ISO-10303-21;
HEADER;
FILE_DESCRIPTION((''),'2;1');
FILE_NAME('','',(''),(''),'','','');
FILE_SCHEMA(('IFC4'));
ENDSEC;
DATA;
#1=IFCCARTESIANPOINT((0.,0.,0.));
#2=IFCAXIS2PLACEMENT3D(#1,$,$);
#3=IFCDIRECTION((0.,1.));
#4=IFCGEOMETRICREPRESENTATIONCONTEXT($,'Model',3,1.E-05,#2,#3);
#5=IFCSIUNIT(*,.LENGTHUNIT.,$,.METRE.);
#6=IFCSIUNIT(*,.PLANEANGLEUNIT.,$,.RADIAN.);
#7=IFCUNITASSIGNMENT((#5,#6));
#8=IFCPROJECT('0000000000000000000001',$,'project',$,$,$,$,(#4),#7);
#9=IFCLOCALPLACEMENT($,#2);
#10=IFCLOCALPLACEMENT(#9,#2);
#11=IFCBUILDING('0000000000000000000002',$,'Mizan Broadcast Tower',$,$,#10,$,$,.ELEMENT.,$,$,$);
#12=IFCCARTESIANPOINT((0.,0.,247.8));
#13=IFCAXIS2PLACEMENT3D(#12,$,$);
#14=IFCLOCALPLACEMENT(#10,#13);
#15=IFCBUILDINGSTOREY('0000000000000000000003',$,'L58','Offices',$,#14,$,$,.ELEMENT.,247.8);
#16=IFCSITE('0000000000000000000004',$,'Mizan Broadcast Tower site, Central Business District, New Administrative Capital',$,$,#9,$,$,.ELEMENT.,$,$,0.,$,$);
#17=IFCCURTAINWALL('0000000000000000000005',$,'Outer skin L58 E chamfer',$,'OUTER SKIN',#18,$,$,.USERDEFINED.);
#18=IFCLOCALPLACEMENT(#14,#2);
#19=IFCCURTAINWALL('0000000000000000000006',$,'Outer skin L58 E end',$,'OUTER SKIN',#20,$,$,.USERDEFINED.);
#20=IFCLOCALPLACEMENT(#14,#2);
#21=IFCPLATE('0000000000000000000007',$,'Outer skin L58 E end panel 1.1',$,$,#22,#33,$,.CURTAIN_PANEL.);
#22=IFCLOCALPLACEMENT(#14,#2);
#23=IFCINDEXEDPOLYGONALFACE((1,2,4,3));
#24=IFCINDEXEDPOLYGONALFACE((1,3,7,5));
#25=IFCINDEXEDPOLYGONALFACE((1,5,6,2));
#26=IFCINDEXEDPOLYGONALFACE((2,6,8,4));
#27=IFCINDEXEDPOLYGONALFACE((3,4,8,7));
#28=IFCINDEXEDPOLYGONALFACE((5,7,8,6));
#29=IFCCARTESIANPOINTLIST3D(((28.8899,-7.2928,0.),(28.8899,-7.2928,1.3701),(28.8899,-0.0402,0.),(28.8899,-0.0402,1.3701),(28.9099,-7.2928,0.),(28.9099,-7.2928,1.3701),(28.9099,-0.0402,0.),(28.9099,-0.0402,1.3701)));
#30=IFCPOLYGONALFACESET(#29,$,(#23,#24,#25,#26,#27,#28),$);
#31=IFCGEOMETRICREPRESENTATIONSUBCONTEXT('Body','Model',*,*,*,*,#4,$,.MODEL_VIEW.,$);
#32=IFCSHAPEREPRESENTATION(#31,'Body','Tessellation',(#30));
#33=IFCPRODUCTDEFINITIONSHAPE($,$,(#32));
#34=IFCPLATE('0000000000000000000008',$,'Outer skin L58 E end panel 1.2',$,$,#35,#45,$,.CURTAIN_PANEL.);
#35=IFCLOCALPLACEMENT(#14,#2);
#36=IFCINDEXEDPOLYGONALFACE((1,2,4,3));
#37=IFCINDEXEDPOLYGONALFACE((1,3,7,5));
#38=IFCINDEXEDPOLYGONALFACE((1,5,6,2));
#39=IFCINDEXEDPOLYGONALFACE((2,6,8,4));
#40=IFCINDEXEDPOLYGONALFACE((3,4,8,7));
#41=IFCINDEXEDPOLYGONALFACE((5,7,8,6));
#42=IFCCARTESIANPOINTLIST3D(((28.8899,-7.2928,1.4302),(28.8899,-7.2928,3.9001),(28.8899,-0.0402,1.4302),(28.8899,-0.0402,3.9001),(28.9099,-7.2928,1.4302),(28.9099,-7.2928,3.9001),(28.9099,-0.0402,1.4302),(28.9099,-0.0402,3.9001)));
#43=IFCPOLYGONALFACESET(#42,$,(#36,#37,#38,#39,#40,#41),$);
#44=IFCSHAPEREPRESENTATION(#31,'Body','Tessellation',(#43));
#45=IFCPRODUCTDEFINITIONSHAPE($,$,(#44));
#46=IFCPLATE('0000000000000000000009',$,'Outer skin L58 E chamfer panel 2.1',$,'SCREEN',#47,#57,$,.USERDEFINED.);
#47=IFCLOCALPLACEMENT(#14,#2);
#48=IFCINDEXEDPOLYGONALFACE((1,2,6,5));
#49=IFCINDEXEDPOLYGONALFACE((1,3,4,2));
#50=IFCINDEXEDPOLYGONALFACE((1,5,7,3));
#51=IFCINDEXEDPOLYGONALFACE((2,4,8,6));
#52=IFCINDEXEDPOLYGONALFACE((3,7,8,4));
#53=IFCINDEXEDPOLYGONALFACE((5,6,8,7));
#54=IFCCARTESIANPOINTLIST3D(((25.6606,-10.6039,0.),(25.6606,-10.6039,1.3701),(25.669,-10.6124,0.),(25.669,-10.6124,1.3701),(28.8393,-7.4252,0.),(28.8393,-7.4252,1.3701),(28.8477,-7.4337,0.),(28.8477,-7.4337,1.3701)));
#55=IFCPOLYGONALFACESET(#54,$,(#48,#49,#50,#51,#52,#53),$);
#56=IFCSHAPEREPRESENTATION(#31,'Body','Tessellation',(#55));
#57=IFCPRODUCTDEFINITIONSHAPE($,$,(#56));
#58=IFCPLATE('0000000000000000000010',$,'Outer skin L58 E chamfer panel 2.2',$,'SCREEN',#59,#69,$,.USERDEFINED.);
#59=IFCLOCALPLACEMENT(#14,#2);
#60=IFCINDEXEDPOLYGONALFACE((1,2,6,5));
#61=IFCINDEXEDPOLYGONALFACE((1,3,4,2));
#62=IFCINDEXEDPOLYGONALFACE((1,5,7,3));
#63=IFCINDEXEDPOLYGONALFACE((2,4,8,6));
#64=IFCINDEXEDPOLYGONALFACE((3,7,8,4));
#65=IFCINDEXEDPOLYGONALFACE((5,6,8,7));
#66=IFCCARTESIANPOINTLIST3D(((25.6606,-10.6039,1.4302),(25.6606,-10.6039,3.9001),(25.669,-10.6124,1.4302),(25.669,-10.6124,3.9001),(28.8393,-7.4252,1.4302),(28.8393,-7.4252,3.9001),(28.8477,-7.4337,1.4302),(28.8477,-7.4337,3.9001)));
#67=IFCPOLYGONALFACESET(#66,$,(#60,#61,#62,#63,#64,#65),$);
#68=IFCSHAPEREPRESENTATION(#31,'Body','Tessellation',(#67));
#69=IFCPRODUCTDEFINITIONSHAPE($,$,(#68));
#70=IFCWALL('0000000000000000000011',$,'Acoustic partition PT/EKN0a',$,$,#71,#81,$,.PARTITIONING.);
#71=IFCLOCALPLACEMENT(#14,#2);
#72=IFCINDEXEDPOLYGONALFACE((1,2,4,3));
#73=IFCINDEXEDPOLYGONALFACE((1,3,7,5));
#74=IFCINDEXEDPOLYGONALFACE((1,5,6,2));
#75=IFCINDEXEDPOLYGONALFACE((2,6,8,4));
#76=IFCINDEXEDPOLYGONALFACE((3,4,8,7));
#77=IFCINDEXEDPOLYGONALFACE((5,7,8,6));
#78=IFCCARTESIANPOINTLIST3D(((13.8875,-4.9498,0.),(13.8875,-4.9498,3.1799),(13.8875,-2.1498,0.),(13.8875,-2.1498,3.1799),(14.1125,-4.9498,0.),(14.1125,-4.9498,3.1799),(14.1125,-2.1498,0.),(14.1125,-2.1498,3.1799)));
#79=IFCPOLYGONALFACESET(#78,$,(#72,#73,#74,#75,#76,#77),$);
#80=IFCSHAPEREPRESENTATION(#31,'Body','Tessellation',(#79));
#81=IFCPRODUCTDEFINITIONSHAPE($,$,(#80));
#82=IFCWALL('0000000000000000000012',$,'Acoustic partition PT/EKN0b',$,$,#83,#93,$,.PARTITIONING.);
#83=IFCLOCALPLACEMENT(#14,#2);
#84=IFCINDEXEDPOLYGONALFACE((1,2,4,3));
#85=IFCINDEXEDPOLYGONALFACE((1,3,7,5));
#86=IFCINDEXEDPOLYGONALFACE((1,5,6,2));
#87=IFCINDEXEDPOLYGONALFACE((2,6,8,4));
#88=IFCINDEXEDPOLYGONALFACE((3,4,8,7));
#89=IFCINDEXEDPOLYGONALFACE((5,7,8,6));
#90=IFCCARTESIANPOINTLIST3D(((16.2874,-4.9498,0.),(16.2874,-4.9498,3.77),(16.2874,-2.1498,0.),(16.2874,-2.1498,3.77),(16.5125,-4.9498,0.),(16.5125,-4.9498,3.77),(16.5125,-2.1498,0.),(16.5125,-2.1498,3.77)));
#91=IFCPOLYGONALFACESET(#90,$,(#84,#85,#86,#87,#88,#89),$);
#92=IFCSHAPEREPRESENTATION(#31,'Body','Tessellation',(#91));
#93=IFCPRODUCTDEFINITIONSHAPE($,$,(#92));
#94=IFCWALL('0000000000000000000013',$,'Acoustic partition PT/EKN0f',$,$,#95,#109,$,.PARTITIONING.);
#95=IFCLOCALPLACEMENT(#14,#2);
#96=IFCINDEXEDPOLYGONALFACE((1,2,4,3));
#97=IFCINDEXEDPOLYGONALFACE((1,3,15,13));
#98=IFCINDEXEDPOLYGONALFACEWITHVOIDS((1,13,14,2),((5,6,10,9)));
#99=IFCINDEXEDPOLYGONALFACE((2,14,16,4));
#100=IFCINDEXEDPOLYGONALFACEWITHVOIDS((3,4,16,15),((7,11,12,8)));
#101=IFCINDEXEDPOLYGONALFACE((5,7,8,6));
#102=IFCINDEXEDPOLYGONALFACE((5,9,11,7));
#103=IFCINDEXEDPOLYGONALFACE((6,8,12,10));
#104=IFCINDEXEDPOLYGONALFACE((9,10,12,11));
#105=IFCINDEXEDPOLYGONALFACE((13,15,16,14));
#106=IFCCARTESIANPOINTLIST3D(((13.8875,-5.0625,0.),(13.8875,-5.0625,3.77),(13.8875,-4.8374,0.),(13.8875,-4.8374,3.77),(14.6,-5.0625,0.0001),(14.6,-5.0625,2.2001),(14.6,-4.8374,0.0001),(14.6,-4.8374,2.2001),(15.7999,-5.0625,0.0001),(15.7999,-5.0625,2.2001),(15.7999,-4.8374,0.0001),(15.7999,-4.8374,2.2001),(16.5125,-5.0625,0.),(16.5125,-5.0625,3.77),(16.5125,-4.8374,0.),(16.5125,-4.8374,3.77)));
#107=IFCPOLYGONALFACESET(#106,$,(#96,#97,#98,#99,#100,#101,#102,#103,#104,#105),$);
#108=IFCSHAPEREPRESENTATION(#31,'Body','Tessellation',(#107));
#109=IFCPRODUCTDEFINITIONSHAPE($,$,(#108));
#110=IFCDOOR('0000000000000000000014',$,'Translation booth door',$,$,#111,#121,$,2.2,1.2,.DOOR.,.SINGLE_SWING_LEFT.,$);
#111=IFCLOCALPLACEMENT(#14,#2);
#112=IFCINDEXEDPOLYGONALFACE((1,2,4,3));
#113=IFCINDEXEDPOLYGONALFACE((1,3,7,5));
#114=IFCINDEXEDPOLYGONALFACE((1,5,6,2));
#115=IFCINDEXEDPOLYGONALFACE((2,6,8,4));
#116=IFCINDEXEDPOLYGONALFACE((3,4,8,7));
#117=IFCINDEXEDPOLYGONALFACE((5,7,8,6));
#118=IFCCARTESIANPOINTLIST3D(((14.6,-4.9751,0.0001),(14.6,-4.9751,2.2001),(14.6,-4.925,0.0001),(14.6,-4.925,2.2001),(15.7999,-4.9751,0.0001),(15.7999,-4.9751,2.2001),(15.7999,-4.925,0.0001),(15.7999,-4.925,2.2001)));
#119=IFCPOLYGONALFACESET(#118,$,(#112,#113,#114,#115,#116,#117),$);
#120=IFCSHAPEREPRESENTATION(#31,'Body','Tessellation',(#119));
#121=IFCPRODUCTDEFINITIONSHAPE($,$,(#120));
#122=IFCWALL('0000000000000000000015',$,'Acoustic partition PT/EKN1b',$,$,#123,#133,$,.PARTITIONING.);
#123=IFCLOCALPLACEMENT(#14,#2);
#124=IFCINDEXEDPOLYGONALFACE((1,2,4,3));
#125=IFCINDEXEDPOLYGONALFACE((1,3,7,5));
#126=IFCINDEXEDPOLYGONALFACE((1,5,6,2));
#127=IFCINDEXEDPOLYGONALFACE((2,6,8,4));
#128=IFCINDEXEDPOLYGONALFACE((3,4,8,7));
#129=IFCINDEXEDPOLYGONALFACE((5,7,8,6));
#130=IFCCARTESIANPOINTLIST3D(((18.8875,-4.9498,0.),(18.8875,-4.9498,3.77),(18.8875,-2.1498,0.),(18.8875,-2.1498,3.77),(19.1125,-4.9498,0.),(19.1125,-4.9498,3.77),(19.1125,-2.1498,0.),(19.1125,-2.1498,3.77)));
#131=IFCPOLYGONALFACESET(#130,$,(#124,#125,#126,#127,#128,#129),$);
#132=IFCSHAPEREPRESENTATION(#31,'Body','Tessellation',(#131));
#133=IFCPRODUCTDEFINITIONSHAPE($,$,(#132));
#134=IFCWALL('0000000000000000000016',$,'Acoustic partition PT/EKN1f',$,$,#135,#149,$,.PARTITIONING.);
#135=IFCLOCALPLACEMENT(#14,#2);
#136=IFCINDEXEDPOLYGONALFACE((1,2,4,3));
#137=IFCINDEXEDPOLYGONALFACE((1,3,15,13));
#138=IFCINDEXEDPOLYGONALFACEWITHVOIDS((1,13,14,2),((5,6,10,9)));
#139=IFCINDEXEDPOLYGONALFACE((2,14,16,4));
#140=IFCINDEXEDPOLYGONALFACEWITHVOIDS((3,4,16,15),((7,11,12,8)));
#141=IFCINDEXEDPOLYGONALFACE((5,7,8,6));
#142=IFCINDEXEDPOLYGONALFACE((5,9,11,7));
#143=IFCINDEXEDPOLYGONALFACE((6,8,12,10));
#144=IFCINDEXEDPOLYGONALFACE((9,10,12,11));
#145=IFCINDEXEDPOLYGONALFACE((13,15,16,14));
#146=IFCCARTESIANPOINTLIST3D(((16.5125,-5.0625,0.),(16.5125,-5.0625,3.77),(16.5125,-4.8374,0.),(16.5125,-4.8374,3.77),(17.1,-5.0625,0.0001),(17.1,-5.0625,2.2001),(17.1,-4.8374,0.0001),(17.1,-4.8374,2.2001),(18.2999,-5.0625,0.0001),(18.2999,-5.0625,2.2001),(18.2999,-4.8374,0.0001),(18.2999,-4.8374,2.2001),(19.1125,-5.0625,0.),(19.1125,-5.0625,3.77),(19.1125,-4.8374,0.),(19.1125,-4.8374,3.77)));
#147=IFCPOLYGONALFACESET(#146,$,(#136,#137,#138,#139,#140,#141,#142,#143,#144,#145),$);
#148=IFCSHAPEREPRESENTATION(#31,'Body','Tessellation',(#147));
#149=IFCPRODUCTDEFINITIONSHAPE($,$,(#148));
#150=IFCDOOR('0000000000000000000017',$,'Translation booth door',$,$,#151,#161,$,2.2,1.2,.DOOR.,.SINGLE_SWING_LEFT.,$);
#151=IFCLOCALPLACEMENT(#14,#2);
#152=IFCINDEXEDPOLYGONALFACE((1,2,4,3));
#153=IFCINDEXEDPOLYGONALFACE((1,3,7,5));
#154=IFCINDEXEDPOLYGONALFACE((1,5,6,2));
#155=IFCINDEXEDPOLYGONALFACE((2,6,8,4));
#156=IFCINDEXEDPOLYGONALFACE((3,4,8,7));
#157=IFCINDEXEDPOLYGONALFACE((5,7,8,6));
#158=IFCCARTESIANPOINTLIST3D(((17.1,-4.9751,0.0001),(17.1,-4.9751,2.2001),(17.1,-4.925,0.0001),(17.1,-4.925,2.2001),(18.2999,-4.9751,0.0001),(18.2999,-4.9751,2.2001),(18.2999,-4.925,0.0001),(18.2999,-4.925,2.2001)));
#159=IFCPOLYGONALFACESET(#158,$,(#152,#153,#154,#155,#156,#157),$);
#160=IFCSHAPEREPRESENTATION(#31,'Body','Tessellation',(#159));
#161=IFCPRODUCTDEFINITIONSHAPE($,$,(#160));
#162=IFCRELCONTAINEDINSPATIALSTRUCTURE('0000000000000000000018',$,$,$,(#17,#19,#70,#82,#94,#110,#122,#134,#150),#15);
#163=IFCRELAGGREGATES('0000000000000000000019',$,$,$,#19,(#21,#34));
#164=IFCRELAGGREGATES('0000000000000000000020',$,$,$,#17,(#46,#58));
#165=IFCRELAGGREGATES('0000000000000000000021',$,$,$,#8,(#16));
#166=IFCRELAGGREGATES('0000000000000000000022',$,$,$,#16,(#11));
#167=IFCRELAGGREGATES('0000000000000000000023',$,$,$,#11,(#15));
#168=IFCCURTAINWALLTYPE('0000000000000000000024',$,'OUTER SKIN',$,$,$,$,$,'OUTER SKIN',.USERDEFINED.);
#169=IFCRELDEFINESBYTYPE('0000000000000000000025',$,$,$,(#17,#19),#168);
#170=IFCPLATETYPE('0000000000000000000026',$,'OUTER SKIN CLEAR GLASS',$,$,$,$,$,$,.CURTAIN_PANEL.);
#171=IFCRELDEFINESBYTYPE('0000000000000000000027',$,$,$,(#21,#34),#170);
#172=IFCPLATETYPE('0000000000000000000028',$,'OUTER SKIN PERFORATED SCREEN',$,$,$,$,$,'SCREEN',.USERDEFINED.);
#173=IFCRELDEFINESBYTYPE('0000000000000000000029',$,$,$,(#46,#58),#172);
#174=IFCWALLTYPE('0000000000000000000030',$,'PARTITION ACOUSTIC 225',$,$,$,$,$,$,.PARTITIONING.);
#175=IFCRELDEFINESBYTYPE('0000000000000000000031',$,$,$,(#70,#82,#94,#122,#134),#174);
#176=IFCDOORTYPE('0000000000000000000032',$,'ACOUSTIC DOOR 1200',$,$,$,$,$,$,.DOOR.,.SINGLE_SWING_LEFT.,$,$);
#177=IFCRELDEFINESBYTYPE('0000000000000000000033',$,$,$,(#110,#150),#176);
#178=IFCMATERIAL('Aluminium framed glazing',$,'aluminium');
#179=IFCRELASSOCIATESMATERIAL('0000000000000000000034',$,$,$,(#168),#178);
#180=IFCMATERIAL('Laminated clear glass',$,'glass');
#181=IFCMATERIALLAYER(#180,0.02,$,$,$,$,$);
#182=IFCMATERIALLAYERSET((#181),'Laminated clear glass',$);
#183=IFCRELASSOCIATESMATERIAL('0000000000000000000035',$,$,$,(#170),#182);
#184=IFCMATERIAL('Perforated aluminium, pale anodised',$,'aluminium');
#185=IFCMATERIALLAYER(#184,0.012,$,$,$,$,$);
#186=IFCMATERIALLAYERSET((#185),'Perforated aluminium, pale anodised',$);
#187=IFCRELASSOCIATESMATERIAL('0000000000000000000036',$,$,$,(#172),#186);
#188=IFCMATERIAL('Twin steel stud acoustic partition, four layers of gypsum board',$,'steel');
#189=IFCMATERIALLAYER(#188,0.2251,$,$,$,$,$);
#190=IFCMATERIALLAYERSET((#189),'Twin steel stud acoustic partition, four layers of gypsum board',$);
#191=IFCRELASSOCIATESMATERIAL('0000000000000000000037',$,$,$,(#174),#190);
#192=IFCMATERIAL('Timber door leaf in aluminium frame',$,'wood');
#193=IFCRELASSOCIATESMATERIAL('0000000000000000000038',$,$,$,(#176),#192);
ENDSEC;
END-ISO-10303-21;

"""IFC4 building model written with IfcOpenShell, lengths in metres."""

from ifc_helpers import new_model, si_unit, direction, frame, frame_2d, origin, origin_2d, place, context, subcontext, project, spatial, rectangle, extrude, material, layer, layer_set, type_object, element, fill, aggregate, save


model = new_model("IFC4")

# Units and contexts
model_context = context("Model", 3, precision=1e-05, world=origin(), true_north=direction((0.0, 1.0)))
body_context = subcontext(model_context, "Body", "Model", "MODEL_VIEW")
ifc_project = project(units=[si_unit("LENGTHUNIT", "METRE"), si_unit("PLANEANGLEUNIT", "RADIAN")], contexts=[model_context])

# Site, building, storey
site_placement = place(None, origin())
site = spatial("IfcSite", under=ifc_project, at=site_placement, Name="Mizan Broadcast Tower site, Central Business District, New Administrative Capital", CompositionType="ELEMENT", RefElevation=0.0)
building_placement = place(site_placement, origin())
building = spatial("IfcBuilding", under=site, at=building_placement, Name="Mizan Broadcast Tower", CompositionType="ELEMENT")
storey_placement = place(building_placement, frame((0.0, 0.0, 247.8)))
storey = spatial("IfcBuildingStorey", under=building, at=storey_placement, Name="L58", Description="Offices", CompositionType="ELEMENT", Elevation=247.8)

# Curtain wall
ifc_material_1 = material(Name="Aluminium framed glazing", Category="aluminium")
curtain_wall_type_1 = type_object("IfcCurtainWallType", Name="OUTER SKIN", ElementType="OUTER SKIN", PredefinedType="USERDEFINED", material=ifc_material_1)
curtain_wall_1_placement = place(storey_placement, origin())
curtain_wall_1 = element("IfcCurtainWall", 1, at=curtain_wall_1_placement, inside=storey, type_object=curtain_wall_type_1, Name="Outer skin L58 E chamfer", ObjectType="OUTER SKIN", PredefinedType="USERDEFINED")

# Curtain wall
curtain_wall_2_placement = place(storey_placement, origin())
curtain_wall_2 = element("IfcCurtainWall", 2, at=curtain_wall_2_placement, inside=storey, type_object=curtain_wall_type_1, Name="Outer skin L58 E end", ObjectType="OUTER SKIN", PredefinedType="USERDEFINED")

# Plates
ifc_material_2 = material(Name="Laminated clear glass", Category="glass")
ifc_layer_1 = layer(ifc_material_2, 0.02)
ifc_layer_set_1 = layer_set([ifc_layer_1], Name="Laminated clear glass")
plate_type_1 = type_object("IfcPlateType", Name="OUTER SKIN CLEAR GLASS", PredefinedType="CURTAIN_PANEL", material=ifc_layer_set_1)
plate_1_placement = place(storey_placement, frame((28.8999, -3.6665, 0.0), z_axis=(0.0, 0.0, 1.0), x_axis=(0.0, 1.0, 0.0)))
plate_1 = element("IfcPlate", 3, at=plate_1_placement, type_object=plate_type_1, Name="Outer skin L58 E end panel 1.1", PredefinedType="CURTAIN_PANEL", context=body_context, shape_type="SweptSolid", body=[
    extrude(rectangle(XDim=7.2527, YDim=0.02, at=origin_2d()), origin(), (0.0, 0.0, 1.0), 1.3701),
])
plate_2_placement = place(storey_placement, frame((28.8999, -3.6665, 1.4302), z_axis=(0.0, 0.0, 1.0), x_axis=(0.0, 1.0, 0.0)))
plate_2 = element("IfcPlate", 4, at=plate_2_placement, type_object=plate_type_1, Name="Outer skin L58 E end panel 1.2", PredefinedType="CURTAIN_PANEL", context=body_context, shape_type="SweptSolid", body=[
    extrude(rectangle(XDim=7.2527, YDim=0.02, at=origin_2d()), origin(), (0.0, 0.0, 1.0), 2.47),
])
aggregate(curtain_wall_2, [plate_1, plate_2])
ifc_material_3 = material(Name="Perforated aluminium, pale anodised", Category="aluminium")
ifc_layer_2 = layer(ifc_material_3, 0.012)
ifc_layer_set_2 = layer_set([ifc_layer_2], Name="Perforated aluminium, pale anodised")
plate_type_2 = type_object("IfcPlateType", Name="OUTER SKIN PERFORATED SCREEN", ElementType="SCREEN", PredefinedType="USERDEFINED", material=ifc_layer_set_2)
plate_3_placement = place(storey_placement, frame((27.2542, -9.0188, 0.0), z_axis=(0.0, 0.0, 1.0), x_axis=(0.707107, 0.707107, 0.0)))
plate_3 = element("IfcPlate", 5, at=plate_3_placement, type_object=plate_type_2, Name="Outer skin L58 E chamfer panel 2.1", ObjectType="SCREEN", PredefinedType="USERDEFINED", context=body_context, shape_type="SweptSolid", body=[
    extrude(rectangle(XDim=4.4954, YDim=0.012, at=origin_2d()), origin(), (0.0, 0.0, 1.0), 1.3701),
])
plate_4_placement = place(storey_placement, frame((27.2542, -9.0188, 1.4302), z_axis=(0.0, 0.0, 1.0), x_axis=(0.707107, 0.707107, 0.0)))
plate_4 = element("IfcPlate", 6, at=plate_4_placement, type_object=plate_type_2, Name="Outer skin L58 E chamfer panel 2.2", ObjectType="SCREEN", PredefinedType="USERDEFINED", context=body_context, shape_type="SweptSolid", body=[
    extrude(rectangle(XDim=4.4954, YDim=0.012, at=origin_2d()), origin(), (0.0, 0.0, 1.0), 2.47),
])
aggregate(curtain_wall_1, [plate_3, plate_4])

# Walls
ifc_material_4 = material(Name="Twin steel stud acoustic partition, four layers of gypsum board", Category="steel")
ifc_layer_3 = layer(ifc_material_4, 0.2251)
ifc_layer_set_3 = layer_set([ifc_layer_3], Name="Twin steel stud acoustic partition, four layers of gypsum board")
wall_type = type_object("IfcWallType", Name="PARTITION ACOUSTIC 225", PredefinedType="PARTITIONING", material=ifc_layer_set_3)
wall_1_placement = place(storey_placement, frame((14.0, -2.1499, 0.0), z_axis=(0.0, 0.0, 1.0), x_axis=(0.0, -1.0, 0.0)))
element("IfcWall", 7, at=wall_1_placement, inside=storey, type_object=wall_type, Name="Acoustic partition PT/EKN0a", PredefinedType="PARTITIONING", context=body_context, shape_type="SweptSolid", body=[
    extrude(rectangle(XDim=2.8, YDim=0.2251, at=frame_2d((1.3999, 0.0))), origin(), (0.0, 0.0, 1.0), 3.1799),
])
wall_2_placement = place(storey_placement, frame((16.3999, -2.1499, 0.0), z_axis=(0.0, 0.0, 1.0), x_axis=(0.0, -1.0, 0.0)))
element("IfcWall", 8, at=wall_2_placement, inside=storey, type_object=wall_type, Name="Acoustic partition PT/EKN0b", PredefinedType="PARTITIONING", context=body_context, shape_type="SweptSolid", body=[
    extrude(rectangle(XDim=2.8, YDim=0.2251, at=frame_2d((1.3999, 0.0))), origin(), (0.0, 0.0, 1.0), 3.77),
])

# Wall, opening, door
wall_3_placement = place(storey_placement, frame((13.8875, -4.95, 0.0), z_axis=(0.0, 0.0, 1.0), x_axis=(1.0, 0.0, 0.0)))
wall_3 = element("IfcWall", 9, at=wall_3_placement, inside=storey, type_object=wall_type, Name="Acoustic partition PT/EKN0f", PredefinedType="PARTITIONING", context=body_context, shape_type="SweptSolid", body=[
    extrude(rectangle(XDim=2.625, YDim=0.2251, at=frame_2d((1.3125, 0.0))), origin(), (0.0, 0.0, 1.0), 3.77),
])
opening_1_placement = place(wall_3_placement, frame((0.7124, 0.0, 0.0)))
opening_1 = element("IfcOpeningElement", 10, at=opening_1_placement, cuts=wall_3, PredefinedType="OPENING", context=body_context, shape_type="SweptSolid", body=[
    extrude(rectangle(XDim=1.2, YDim=2.2, at=frame_2d((0.6001, 1.1001))), frame((0.0, 0.1226, 0.0), z_axis=(0.0, -1.0, 0.0), x_axis=(1.0, 0.0, 0.0)), (0.0, 0.0, 1.0), 0.2451),
])
ifc_material_5 = material(Name="Timber door leaf in aluminium frame", Category="wood")
door_type = type_object("IfcDoorType", Name="ACOUSTIC DOOR 1200", OperationType="SINGLE_SWING_LEFT", PredefinedType="DOOR", material=ifc_material_5)
door_1_placement = place(opening_1_placement, origin())
door_1 = element("IfcDoor", 11, at=door_1_placement, inside=storey, type_object=door_type, Name="Translation booth door", OperationType="SINGLE_SWING_LEFT", OverallHeight=2.2, OverallWidth=1.2, PredefinedType="DOOR", context=body_context, shape_type="SweptSolid", body=[
    extrude(rectangle(XDim=1.2, YDim=2.2, at=frame_2d((0.6001, 1.1001))), frame((0.0, 0.0249, 0.0), z_axis=(0.0, -1.0, 0.0), x_axis=(1.0, 0.0, 0.0)), (0.0, 0.0, 1.0), 0.05),
])
fill(opening_1, door_1)

# Wall
wall_4_placement = place(storey_placement, frame((19.0, -2.1499, 0.0), z_axis=(0.0, 0.0, 1.0), x_axis=(0.0, -1.0, 0.0)))
element("IfcWall", 12, at=wall_4_placement, inside=storey, type_object=wall_type, Name="Acoustic partition PT/EKN1b", PredefinedType="PARTITIONING", context=body_context, shape_type="SweptSolid", body=[
    extrude(rectangle(XDim=2.8, YDim=0.2251, at=frame_2d((1.3999, 0.0))), origin(), (0.0, 0.0, 1.0), 3.77),
])

# Wall, opening, door
wall_5_placement = place(storey_placement, frame((16.5125, -4.95, 0.0), z_axis=(0.0, 0.0, 1.0), x_axis=(1.0, 0.0, 0.0)))
wall_5 = element("IfcWall", 13, at=wall_5_placement, inside=storey, type_object=wall_type, Name="Acoustic partition PT/EKN1f", PredefinedType="PARTITIONING", context=body_context, shape_type="SweptSolid", body=[
    extrude(rectangle(XDim=2.6001, YDim=0.2251, at=frame_2d((1.3, 0.0))), origin(), (0.0, 0.0, 1.0), 3.77),
])
opening_2_placement = place(wall_5_placement, frame((0.5874, 0.0, 0.0)))
opening_2 = element("IfcOpeningElement", 14, at=opening_2_placement, cuts=wall_5, PredefinedType="OPENING", context=body_context, shape_type="SweptSolid", body=[
    extrude(rectangle(XDim=1.2, YDim=2.2, at=frame_2d((0.6001, 1.1001))), frame((0.0, 0.1226, 0.0), z_axis=(0.0, -1.0, 0.0), x_axis=(1.0, 0.0, 0.0)), (0.0, 0.0, 1.0), 0.2451),
])
door_2_placement = place(opening_2_placement, origin())
door_2 = element("IfcDoor", 15, at=door_2_placement, inside=storey, type_object=door_type, Name="Translation booth door", OperationType="SINGLE_SWING_LEFT", OverallHeight=2.2, OverallWidth=1.2, PredefinedType="DOOR", context=body_context, shape_type="SweptSolid", body=[
    extrude(rectangle(XDim=1.2, YDim=2.2, at=frame_2d((0.6001, 1.1001))), frame((0.0, 0.0249, 0.0), z_axis=(0.0, -1.0, 0.0), x_axis=(1.0, 0.0, 0.0)), (0.0, 0.0, 1.0), 0.05),
])
fill(opening_2, door_2)

save(model, "model.ifc")
